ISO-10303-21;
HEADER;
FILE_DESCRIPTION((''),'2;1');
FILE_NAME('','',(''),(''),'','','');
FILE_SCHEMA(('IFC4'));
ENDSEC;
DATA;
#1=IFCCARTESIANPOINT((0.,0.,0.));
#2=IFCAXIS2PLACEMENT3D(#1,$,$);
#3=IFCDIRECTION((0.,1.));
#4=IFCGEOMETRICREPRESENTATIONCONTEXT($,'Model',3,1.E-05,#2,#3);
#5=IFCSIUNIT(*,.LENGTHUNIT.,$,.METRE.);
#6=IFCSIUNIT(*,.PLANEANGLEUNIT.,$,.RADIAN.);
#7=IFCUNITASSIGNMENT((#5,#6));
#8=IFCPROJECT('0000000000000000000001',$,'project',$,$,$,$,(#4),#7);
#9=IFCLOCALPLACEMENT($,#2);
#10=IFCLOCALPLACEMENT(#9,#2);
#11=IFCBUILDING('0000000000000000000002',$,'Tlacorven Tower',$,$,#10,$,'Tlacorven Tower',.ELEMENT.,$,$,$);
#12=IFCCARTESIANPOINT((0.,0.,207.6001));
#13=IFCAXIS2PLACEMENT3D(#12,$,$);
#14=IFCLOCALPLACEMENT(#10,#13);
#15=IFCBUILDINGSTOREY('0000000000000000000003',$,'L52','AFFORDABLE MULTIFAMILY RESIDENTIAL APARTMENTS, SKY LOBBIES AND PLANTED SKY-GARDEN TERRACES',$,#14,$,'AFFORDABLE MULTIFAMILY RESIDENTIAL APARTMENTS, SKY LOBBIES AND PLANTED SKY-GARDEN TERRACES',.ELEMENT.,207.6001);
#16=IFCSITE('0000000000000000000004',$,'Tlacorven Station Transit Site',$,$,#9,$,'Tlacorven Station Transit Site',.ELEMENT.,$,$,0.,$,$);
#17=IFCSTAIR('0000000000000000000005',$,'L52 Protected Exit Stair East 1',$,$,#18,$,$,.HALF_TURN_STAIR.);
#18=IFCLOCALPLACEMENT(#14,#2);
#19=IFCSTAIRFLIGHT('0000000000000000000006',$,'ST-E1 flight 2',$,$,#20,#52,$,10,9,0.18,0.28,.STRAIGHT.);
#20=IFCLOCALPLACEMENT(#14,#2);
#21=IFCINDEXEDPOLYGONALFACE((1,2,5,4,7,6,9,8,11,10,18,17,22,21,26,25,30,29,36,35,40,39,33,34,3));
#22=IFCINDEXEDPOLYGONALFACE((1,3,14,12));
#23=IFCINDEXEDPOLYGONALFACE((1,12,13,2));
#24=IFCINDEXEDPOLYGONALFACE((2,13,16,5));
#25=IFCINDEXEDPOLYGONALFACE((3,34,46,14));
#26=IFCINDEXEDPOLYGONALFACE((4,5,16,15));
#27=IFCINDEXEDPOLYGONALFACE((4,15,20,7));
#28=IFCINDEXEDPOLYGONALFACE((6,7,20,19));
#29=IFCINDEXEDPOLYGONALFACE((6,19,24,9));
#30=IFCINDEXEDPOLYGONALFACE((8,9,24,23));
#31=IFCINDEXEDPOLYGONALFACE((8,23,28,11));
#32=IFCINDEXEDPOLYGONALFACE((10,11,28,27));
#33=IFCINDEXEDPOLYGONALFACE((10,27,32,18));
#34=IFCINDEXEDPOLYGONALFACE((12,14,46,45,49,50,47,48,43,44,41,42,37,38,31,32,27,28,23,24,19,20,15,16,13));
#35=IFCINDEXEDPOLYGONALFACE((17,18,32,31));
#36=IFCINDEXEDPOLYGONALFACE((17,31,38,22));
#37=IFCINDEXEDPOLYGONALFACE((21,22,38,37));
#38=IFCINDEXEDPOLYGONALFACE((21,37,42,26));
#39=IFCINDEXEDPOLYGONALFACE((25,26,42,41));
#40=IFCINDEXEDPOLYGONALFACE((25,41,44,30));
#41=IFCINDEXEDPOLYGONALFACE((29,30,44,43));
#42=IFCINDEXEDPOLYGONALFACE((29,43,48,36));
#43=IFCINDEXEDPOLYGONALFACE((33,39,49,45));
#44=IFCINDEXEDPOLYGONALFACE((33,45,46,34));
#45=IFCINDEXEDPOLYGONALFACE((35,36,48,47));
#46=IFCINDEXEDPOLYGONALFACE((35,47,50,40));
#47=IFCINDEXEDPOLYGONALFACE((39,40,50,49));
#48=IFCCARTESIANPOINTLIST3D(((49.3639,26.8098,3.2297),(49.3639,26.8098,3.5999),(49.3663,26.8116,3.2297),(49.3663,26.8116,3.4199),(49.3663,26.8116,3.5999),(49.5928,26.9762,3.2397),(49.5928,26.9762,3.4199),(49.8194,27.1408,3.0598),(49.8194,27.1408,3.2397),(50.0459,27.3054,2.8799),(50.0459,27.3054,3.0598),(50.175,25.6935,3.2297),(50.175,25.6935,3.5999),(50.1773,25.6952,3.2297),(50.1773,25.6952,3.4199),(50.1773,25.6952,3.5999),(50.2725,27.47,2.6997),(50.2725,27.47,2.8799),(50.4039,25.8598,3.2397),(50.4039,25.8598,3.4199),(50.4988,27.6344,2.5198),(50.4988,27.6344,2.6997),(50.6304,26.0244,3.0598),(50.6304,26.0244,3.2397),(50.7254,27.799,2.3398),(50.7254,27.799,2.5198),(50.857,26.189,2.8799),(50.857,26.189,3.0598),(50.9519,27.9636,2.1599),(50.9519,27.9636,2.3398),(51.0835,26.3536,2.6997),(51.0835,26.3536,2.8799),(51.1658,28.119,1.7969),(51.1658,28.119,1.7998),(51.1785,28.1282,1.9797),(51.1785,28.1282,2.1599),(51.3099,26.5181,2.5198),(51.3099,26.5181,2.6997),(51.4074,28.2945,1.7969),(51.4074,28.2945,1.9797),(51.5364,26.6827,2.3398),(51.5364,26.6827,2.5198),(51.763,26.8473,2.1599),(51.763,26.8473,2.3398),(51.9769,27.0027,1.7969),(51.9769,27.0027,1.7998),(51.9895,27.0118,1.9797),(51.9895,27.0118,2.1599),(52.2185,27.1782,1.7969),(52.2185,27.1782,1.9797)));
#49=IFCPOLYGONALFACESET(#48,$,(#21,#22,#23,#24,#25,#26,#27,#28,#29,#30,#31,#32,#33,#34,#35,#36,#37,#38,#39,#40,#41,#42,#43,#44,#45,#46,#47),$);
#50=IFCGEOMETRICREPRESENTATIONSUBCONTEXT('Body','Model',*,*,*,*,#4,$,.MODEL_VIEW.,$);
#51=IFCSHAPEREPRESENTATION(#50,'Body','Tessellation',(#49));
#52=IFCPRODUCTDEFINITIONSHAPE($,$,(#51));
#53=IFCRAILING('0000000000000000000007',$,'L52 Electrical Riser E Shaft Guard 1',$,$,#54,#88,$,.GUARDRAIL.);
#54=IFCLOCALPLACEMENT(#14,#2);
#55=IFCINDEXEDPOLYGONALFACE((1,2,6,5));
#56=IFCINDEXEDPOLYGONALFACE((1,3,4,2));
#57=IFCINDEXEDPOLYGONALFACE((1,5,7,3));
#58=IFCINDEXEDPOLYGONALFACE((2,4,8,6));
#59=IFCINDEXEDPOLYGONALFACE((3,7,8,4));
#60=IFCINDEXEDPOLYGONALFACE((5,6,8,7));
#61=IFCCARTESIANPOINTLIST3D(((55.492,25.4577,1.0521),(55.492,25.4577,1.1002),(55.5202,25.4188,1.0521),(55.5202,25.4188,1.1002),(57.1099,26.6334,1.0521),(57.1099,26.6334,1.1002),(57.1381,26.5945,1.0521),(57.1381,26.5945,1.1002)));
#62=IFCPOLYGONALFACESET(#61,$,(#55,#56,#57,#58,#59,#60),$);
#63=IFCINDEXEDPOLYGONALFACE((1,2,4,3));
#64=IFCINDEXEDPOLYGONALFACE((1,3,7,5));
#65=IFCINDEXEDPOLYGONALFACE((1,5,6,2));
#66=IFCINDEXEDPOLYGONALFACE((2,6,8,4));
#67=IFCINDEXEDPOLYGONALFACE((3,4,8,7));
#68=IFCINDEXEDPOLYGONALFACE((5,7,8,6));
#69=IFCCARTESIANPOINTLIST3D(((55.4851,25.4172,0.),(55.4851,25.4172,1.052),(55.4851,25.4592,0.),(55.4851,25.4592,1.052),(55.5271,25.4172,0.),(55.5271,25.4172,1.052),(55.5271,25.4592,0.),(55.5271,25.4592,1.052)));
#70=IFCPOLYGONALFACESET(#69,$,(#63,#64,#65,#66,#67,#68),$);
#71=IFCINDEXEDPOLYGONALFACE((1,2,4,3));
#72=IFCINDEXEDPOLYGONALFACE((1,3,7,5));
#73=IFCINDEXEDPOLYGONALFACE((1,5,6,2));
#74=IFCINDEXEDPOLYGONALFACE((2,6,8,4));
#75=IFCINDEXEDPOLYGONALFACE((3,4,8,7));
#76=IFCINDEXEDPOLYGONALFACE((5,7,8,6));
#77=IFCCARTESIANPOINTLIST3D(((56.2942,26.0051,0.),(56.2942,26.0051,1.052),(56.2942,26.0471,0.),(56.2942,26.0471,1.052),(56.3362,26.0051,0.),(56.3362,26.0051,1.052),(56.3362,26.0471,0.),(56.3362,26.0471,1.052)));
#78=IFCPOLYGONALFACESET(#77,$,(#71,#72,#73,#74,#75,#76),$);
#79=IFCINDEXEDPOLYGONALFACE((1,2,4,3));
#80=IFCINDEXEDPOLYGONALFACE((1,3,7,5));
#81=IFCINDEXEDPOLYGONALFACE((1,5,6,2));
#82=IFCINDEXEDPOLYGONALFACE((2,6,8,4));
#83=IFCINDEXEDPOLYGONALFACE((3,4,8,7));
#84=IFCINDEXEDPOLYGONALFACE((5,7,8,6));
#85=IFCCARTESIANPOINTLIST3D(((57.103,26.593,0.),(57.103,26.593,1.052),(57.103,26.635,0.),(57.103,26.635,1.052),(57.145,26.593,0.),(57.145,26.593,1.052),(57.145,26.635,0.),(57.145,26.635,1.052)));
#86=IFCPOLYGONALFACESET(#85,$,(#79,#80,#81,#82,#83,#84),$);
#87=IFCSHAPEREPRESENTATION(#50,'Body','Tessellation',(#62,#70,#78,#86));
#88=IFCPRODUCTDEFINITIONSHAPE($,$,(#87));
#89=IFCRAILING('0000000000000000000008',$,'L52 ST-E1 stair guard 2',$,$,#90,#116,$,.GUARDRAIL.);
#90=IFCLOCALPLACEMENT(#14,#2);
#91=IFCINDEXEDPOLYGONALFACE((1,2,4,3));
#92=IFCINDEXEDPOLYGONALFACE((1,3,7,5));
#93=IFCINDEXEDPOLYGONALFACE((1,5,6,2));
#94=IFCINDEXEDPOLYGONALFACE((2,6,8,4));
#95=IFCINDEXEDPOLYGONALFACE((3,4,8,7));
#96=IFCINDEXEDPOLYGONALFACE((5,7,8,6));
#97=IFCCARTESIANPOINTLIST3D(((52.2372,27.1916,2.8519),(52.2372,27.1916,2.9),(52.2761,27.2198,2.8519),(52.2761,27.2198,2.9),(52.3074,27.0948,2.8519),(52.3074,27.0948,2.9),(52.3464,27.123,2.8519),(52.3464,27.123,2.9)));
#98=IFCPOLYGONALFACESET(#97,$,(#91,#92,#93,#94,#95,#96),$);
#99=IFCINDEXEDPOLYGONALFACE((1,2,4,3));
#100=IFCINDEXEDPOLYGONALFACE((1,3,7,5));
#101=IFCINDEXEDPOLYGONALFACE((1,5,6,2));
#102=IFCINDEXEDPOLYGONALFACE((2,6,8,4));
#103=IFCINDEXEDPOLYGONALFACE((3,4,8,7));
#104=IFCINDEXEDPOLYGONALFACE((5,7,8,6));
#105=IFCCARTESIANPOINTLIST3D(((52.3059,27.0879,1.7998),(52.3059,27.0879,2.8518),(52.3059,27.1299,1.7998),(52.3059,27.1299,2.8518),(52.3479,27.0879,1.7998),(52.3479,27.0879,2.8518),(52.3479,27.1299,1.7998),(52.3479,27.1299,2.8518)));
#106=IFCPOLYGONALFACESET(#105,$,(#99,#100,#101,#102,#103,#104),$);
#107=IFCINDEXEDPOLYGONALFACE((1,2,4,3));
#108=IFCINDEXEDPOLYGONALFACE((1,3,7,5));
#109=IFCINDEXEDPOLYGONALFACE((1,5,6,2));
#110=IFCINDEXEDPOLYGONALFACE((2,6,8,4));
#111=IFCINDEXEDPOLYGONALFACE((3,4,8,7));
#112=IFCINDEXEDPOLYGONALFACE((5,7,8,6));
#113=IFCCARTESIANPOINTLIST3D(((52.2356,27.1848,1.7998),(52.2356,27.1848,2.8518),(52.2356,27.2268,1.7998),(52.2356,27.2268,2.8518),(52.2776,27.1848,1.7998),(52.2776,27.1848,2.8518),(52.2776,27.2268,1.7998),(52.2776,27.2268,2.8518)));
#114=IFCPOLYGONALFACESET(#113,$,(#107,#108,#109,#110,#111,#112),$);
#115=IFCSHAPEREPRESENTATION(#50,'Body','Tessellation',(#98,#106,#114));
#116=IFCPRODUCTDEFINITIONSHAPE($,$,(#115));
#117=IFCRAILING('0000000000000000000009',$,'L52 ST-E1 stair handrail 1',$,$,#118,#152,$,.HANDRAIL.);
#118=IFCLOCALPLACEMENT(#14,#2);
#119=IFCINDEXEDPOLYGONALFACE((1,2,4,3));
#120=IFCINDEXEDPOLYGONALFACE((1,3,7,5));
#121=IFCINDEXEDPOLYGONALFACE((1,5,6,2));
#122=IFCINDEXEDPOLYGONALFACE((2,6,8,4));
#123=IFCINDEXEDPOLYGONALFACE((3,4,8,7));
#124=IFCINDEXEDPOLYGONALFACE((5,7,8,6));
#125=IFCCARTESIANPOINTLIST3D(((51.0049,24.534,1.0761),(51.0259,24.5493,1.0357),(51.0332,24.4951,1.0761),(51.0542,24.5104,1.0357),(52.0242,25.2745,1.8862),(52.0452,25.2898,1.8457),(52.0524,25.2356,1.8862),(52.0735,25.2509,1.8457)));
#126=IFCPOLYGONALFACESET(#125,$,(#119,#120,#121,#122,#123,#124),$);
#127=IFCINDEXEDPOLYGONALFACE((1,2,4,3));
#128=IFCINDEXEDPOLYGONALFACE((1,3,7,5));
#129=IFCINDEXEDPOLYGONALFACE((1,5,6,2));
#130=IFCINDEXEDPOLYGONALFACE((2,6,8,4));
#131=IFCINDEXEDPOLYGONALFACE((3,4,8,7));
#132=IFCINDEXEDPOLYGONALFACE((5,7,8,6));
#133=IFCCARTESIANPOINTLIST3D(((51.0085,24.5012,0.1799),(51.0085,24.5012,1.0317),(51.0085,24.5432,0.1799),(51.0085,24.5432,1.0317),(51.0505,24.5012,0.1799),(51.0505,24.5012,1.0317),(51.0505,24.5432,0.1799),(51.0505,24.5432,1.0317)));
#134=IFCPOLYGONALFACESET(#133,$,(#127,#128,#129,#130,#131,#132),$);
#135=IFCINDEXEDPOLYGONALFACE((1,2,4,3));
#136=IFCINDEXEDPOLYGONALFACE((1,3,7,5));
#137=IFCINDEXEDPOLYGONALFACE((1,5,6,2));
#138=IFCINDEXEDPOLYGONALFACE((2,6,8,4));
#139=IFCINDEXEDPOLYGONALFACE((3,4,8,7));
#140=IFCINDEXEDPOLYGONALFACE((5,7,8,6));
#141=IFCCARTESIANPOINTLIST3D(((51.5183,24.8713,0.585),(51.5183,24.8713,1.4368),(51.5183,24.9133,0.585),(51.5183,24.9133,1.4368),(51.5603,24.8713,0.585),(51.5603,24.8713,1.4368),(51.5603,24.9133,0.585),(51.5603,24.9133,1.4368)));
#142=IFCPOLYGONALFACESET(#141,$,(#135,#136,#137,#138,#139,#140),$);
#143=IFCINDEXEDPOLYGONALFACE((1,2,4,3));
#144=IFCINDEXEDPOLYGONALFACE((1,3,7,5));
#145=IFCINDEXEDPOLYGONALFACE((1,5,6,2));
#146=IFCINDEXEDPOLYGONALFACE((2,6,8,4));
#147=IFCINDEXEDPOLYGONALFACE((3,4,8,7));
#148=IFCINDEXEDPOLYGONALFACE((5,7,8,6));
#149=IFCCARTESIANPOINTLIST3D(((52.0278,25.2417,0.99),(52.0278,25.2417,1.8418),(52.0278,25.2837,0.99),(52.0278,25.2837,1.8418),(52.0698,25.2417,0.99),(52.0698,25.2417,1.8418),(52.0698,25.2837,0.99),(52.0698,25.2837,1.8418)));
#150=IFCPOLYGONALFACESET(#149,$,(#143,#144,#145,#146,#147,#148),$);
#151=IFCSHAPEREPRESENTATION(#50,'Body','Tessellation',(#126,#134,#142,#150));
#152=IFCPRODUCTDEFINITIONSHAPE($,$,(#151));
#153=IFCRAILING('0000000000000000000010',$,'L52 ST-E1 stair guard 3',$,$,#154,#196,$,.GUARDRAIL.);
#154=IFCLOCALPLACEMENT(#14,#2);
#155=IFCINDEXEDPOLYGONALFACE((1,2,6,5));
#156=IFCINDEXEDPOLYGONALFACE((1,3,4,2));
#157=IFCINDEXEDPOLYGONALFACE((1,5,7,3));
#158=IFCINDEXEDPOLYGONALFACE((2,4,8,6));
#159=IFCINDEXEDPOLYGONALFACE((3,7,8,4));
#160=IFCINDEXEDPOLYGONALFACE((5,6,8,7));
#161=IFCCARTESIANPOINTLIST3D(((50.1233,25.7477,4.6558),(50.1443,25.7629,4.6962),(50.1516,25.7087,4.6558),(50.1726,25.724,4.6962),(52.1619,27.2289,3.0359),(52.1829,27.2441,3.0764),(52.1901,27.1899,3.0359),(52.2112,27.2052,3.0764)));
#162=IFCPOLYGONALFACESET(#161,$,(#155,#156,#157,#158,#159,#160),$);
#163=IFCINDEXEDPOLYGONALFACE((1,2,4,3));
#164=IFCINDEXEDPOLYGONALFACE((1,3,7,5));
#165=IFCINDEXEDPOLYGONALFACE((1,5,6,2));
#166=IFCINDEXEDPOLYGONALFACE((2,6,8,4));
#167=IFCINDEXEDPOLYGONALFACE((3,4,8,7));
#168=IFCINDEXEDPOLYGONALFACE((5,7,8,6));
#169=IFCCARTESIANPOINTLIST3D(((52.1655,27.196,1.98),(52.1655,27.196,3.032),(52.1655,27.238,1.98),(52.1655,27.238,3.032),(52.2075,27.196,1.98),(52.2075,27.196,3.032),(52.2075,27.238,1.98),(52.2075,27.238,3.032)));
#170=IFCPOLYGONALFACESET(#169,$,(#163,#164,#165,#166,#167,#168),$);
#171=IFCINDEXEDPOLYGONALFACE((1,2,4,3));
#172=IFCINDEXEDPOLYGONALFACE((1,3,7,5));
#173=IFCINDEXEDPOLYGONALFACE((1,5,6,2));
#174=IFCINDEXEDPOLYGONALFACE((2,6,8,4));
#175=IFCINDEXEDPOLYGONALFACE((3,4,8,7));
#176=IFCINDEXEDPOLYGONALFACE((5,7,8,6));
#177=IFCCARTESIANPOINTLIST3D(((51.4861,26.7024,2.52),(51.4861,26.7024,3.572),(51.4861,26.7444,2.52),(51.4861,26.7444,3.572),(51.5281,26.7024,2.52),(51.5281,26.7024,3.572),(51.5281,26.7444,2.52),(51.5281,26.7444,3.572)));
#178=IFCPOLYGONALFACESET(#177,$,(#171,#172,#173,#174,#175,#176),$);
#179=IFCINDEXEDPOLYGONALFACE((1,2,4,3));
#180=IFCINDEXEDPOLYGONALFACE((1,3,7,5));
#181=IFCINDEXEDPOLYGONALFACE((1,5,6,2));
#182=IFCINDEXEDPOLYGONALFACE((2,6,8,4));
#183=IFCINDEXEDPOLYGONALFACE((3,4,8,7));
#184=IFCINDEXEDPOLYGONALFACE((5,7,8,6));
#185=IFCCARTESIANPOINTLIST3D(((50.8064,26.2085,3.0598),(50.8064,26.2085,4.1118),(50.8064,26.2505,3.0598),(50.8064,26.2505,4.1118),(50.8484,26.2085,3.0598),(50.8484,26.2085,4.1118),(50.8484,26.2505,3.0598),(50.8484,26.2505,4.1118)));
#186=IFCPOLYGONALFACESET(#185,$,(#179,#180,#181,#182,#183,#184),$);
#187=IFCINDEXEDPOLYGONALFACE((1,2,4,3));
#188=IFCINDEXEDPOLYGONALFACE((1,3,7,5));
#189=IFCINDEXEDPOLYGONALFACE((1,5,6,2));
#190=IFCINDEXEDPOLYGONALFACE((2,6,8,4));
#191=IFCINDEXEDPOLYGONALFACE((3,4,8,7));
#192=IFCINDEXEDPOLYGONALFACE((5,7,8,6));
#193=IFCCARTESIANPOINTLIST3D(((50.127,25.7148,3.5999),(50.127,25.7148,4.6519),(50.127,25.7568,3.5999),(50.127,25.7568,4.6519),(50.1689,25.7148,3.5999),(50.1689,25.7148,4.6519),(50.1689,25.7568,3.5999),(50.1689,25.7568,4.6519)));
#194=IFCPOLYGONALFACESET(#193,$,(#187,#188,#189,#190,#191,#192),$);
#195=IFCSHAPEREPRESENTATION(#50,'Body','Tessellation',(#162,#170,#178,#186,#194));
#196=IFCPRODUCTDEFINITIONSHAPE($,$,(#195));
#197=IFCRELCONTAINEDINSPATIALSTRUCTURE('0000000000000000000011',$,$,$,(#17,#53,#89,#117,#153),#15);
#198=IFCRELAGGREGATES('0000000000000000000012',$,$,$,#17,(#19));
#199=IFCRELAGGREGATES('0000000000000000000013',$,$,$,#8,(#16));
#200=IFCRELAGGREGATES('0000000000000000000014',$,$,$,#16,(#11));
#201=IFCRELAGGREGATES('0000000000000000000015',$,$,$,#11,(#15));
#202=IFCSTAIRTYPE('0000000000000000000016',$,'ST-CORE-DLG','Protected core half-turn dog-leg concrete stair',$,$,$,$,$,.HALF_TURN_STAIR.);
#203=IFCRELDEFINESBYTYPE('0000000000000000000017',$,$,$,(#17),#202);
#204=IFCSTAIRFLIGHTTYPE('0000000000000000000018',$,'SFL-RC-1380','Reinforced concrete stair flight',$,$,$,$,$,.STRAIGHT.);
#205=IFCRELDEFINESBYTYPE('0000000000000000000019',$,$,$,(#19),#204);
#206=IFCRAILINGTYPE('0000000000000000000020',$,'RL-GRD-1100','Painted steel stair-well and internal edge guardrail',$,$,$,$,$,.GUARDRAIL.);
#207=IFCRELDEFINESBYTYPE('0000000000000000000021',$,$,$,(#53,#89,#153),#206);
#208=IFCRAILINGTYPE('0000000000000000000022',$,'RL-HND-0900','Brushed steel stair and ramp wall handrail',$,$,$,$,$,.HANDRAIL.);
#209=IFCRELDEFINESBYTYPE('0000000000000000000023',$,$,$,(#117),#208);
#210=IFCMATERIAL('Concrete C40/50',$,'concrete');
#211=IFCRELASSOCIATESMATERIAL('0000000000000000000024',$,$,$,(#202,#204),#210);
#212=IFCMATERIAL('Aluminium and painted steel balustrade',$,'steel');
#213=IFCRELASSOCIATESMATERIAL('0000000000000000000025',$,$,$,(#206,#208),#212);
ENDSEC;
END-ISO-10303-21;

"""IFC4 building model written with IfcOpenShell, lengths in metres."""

from ifc_helpers import new_model, si_unit, direction, frame, origin, origin_2d, place, context, subcontext, project, spatial, polyline, rectangle, outline, extrude, source, transform, mapped, material, type_object, element, aggregate, save


model = new_model("IFC4")

# Units and contexts
model_context = context("Model", 3, precision=1e-05, world=origin(), true_north=direction((0.0, 1.0)))
body_context = subcontext(model_context, "Body", "Model", "MODEL_VIEW")
ifc_project = project(units=[si_unit("LENGTHUNIT", "METRE"), si_unit("PLANEANGLEUNIT", "RADIAN")], contexts=[model_context])

# Site, building, storey
site_placement = place(None, origin())
site = spatial("IfcSite", under=ifc_project, at=site_placement, Name="Tlacorven Station Transit Site", LongName="Tlacorven Station Transit Site", CompositionType="ELEMENT", RefElevation=0.0)
building_placement = place(site_placement, origin())
building = spatial("IfcBuilding", under=site, at=building_placement, Name="Tlacorven Tower", LongName="Tlacorven Tower", CompositionType="ELEMENT")
storey_placement = place(building_placement, frame((0.0, 0.0, 207.6001)))
storey = spatial("IfcBuildingStorey", under=building, at=storey_placement, Name="L52", Description="AFFORDABLE MULTIFAMILY RESIDENTIAL APARTMENTS, SKY LOBBIES AND PLANTED SKY-GARDEN TERRACES", LongName="AFFORDABLE MULTIFAMILY RESIDENTIAL APARTMENTS, SKY LOBBIES AND PLANTED SKY-GARDEN TERRACES", CompositionType="ELEMENT", Elevation=207.6001)

# Shared definitions
ifc_material_1 = material(Name="Concrete C40/50", Category="concrete")

# Stair, stair flight
stair_type = type_object("IfcStairType", Name="ST-CORE-DLG", Description="Protected core half-turn dog-leg concrete stair", PredefinedType="HALF_TURN_STAIR", material=ifc_material_1)
stair_placement = place(storey_placement, origin())
stair = element("IfcStair", 1, at=stair_placement, inside=storey, type_object=stair_type, Name="L52 Protected Exit Stair East 1", PredefinedType="HALF_TURN_STAIR")
stair_flight_type = type_object("IfcStairFlightType", Name="SFL-RC-1380", Description="Reinforced concrete stair flight", PredefinedType="STRAIGHT", material=ifc_material_1)
shared_shape_1 = source(origin(), body_context, "Body", "SweptSolid", [
    extrude(outline(polyline([(-0.0029, -0.0029), (-0.0029, 0.1799), (0.28, 0.1799), (0.28, 0.3601), (0.5601, 0.3601), (0.5601, 0.54), (0.8401, 0.54), (0.8401, 0.72), (1.1201, 0.72), (1.1201, 0.8999), (1.3999, 0.8999), (1.3999, 1.0801), (1.6799, 1.0801), (1.6799, 1.26), (1.96, 1.26), (1.96, 1.4399), (2.24, 1.4399), (2.24, 1.6201), (2.52, 1.6201), (2.52, 1.8), (2.5229, 1.8), (2.5229, 1.4299), (2.52, 1.4299), (0.2957, 0.0), (0.2957, -0.0029), (-0.0029, -0.0029)])), frame((0.0, 0.6899, 0.0), z_axis=(0.0, -1.0, 0.0), x_axis=(1.0, 0.0, 0.0)), (0.0, 0.0, 1.0), 1.3799),
])
stair_flight_placement = place(storey_placement, frame((51.8105, 27.7346, 1.7998), z_axis=(0.0, 0.0, 1.0), x_axis=(-0.809017, -0.587785, 0.0)))
stair_flight = element("IfcStairFlight", 2, at=stair_flight_placement, type_object=stair_flight_type, Name="ST-E1 flight 2", NumberOfRisers=10, NumberOfTreads=9, PredefinedType="STRAIGHT", RiserHeight=0.18, TreadLength=0.28, context=body_context, shape_type="MappedRepresentation", body=[
    mapped(shared_shape_1, transform((0.0, 0.0, 0.0), scale=1.0)),
])
aggregate(stair, [stair_flight])

# Railings
ifc_material_2 = material(Name="Aluminium and painted steel balustrade", Category="steel")
railing_type_1 = type_object("IfcRailingType", Name="RL-GRD-1100", Description="Painted steel stair-well and internal edge guardrail", PredefinedType="GUARDRAIL", material=ifc_material_2)
shared_shape_2 = source(origin(), body_context, "Body", "SweptSolid", [
    extrude(rectangle(XDim=0.0481, YDim=0.0481, at=origin_2d()), frame((0.0, 0.0, 1.0762), z_axis=(0.808947, 0.587881, 0.0), x_axis=(-0.587881, 0.808947, 0.0)), (0.0, 0.0, 1.0), 2.0),
    extrude(rectangle(XDim=0.042, YDim=0.042, at=origin_2d()), origin(), (0.0, 0.0, 1.0), 1.052),
    extrude(rectangle(XDim=0.042, YDim=0.042, at=origin_2d()), frame((0.8091, 0.5879, 0.0)), (0.0, 0.0, 1.0), 1.052),
    extrude(rectangle(XDim=0.042, YDim=0.042, at=origin_2d()), frame((1.6179, 1.1758, 0.0)), (0.0, 0.0, 1.0), 1.052),
])
railing_1_placement = place(storey_placement, frame((55.5061, 25.4382, 0.0)))
element("IfcRailing", 3, at=railing_1_placement, inside=storey, type_object=railing_type_1, Name="L52 Electrical Riser E Shaft Guard 1", PredefinedType="GUARDRAIL", context=body_context, shape_type="MappedRepresentation", body=[
    mapped(shared_shape_2, transform((0.0, 0.0, 0.0), scale=1.0)),
])
shared_shape_3 = source(origin(), body_context, "Body", "SweptSolid", [
    extrude(rectangle(XDim=0.0481, YDim=0.0481, at=origin_2d()), frame((0.0, 0.0, 1.0762), z_axis=(-0.587201, 0.809441, 0.0), x_axis=(-0.809441, -0.587201, 0.0)), (0.0, 0.0, 1.0), 0.1196),
    extrude(rectangle(XDim=0.042, YDim=0.042, at=origin_2d()), origin(), (0.0, 0.0, 1.0), 1.052),
    extrude(rectangle(XDim=0.042, YDim=0.042, at=origin_2d()), frame((-0.0703, 0.0969, 0.0)), (0.0, 0.0, 1.0), 1.052),
])
railing_2_placement = place(storey_placement, frame((52.3269, 27.1089, 1.7998)))
element("IfcRailing", 4, at=railing_2_placement, inside=storey, type_object=railing_type_1, Name="L52 ST-E1 stair guard 2", PredefinedType="GUARDRAIL", context=body_context, shape_type="MappedRepresentation", body=[
    mapped(shared_shape_3, transform((0.0, 0.0, 0.0), scale=1.0)),
])
railing_type_2 = type_object("IfcRailingType", Name="RL-HND-0900", Description="Brushed steel stair and ramp wall handrail", PredefinedType="HANDRAIL", material=ifc_material_2)
shared_shape_4 = source(origin(), body_context, "Body", "SweptSolid", [
    extrude(rectangle(XDim=0.0481, YDim=0.0481, at=origin_2d()), frame((0.0, 0.0, 0.876), z_axis=(0.680516, 0.494373, 0.540827), x_axis=(-0.587745, 0.809046, 0.0)), (0.0, 0.0, 1.0), 1.4978),
    extrude(rectangle(XDim=0.042, YDim=0.042, at=origin_2d()), origin(), (0.0, 0.0, 1.0), 0.8518),
    extrude(rectangle(XDim=0.042, YDim=0.042, at=origin_2d()), frame((0.5098, 0.3701, 0.405)), (0.0, 0.0, 1.0), 0.8518),
    extrude(rectangle(XDim=0.042, YDim=0.042, at=origin_2d()), frame((1.0193, 0.7405, 0.8101)), (0.0, 0.0, 1.0), 0.8518),
])
railing_3_placement = place(storey_placement, frame((51.0295, 24.5222, 0.1799)))
element("IfcRailing", 5, at=railing_3_placement, inside=storey, type_object=railing_type_2, Name="L52 ST-E1 stair handrail 1", PredefinedType="HANDRAIL", context=body_context, shape_type="MappedRepresentation", body=[
    mapped(shared_shape_4, transform((0.0, 0.0, 0.0), scale=1.0)),
])
shared_shape_5 = source(origin(), body_context, "Body", "SweptSolid", [
    extrude(rectangle(XDim=0.0481, YDim=0.0481, at=origin_2d()), frame((0.0, 0.0, 1.0762), z_axis=(-0.680519, -0.494456, 0.540747), x_axis=(0.587809, -0.809, 0.0)), (0.0, 0.0, 1.0), 2.9956),
    extrude(rectangle(XDim=0.042, YDim=0.042, at=origin_2d()), origin(), (0.0, 0.0, 1.0), 1.052),
    extrude(rectangle(XDim=0.042, YDim=0.042, at=origin_2d()), frame((-0.6794, -0.4937, 0.54)), (0.0, 0.0, 1.0), 1.052),
    extrude(rectangle(XDim=0.042, YDim=0.042, at=origin_2d()), frame((-1.3591, -0.9875, 1.0798)), (0.0, 0.0, 1.0), 1.052),
    extrude(rectangle(XDim=0.042, YDim=0.042, at=origin_2d()), frame((-2.0386, -1.4812, 1.6199)), (0.0, 0.0, 1.0), 1.052),
])
railing_4_placement = place(storey_placement, frame((52.1865, 27.217, 1.98)))
element("IfcRailing", 6, at=railing_4_placement, inside=storey, type_object=railing_type_1, Name="L52 ST-E1 stair guard 3", PredefinedType="GUARDRAIL", context=body_context, shape_type="MappedRepresentation", body=[
    mapped(shared_shape_5, transform((0.0, 0.0, 0.0), scale=1.0)),
])

save(model, "model.ifc")
